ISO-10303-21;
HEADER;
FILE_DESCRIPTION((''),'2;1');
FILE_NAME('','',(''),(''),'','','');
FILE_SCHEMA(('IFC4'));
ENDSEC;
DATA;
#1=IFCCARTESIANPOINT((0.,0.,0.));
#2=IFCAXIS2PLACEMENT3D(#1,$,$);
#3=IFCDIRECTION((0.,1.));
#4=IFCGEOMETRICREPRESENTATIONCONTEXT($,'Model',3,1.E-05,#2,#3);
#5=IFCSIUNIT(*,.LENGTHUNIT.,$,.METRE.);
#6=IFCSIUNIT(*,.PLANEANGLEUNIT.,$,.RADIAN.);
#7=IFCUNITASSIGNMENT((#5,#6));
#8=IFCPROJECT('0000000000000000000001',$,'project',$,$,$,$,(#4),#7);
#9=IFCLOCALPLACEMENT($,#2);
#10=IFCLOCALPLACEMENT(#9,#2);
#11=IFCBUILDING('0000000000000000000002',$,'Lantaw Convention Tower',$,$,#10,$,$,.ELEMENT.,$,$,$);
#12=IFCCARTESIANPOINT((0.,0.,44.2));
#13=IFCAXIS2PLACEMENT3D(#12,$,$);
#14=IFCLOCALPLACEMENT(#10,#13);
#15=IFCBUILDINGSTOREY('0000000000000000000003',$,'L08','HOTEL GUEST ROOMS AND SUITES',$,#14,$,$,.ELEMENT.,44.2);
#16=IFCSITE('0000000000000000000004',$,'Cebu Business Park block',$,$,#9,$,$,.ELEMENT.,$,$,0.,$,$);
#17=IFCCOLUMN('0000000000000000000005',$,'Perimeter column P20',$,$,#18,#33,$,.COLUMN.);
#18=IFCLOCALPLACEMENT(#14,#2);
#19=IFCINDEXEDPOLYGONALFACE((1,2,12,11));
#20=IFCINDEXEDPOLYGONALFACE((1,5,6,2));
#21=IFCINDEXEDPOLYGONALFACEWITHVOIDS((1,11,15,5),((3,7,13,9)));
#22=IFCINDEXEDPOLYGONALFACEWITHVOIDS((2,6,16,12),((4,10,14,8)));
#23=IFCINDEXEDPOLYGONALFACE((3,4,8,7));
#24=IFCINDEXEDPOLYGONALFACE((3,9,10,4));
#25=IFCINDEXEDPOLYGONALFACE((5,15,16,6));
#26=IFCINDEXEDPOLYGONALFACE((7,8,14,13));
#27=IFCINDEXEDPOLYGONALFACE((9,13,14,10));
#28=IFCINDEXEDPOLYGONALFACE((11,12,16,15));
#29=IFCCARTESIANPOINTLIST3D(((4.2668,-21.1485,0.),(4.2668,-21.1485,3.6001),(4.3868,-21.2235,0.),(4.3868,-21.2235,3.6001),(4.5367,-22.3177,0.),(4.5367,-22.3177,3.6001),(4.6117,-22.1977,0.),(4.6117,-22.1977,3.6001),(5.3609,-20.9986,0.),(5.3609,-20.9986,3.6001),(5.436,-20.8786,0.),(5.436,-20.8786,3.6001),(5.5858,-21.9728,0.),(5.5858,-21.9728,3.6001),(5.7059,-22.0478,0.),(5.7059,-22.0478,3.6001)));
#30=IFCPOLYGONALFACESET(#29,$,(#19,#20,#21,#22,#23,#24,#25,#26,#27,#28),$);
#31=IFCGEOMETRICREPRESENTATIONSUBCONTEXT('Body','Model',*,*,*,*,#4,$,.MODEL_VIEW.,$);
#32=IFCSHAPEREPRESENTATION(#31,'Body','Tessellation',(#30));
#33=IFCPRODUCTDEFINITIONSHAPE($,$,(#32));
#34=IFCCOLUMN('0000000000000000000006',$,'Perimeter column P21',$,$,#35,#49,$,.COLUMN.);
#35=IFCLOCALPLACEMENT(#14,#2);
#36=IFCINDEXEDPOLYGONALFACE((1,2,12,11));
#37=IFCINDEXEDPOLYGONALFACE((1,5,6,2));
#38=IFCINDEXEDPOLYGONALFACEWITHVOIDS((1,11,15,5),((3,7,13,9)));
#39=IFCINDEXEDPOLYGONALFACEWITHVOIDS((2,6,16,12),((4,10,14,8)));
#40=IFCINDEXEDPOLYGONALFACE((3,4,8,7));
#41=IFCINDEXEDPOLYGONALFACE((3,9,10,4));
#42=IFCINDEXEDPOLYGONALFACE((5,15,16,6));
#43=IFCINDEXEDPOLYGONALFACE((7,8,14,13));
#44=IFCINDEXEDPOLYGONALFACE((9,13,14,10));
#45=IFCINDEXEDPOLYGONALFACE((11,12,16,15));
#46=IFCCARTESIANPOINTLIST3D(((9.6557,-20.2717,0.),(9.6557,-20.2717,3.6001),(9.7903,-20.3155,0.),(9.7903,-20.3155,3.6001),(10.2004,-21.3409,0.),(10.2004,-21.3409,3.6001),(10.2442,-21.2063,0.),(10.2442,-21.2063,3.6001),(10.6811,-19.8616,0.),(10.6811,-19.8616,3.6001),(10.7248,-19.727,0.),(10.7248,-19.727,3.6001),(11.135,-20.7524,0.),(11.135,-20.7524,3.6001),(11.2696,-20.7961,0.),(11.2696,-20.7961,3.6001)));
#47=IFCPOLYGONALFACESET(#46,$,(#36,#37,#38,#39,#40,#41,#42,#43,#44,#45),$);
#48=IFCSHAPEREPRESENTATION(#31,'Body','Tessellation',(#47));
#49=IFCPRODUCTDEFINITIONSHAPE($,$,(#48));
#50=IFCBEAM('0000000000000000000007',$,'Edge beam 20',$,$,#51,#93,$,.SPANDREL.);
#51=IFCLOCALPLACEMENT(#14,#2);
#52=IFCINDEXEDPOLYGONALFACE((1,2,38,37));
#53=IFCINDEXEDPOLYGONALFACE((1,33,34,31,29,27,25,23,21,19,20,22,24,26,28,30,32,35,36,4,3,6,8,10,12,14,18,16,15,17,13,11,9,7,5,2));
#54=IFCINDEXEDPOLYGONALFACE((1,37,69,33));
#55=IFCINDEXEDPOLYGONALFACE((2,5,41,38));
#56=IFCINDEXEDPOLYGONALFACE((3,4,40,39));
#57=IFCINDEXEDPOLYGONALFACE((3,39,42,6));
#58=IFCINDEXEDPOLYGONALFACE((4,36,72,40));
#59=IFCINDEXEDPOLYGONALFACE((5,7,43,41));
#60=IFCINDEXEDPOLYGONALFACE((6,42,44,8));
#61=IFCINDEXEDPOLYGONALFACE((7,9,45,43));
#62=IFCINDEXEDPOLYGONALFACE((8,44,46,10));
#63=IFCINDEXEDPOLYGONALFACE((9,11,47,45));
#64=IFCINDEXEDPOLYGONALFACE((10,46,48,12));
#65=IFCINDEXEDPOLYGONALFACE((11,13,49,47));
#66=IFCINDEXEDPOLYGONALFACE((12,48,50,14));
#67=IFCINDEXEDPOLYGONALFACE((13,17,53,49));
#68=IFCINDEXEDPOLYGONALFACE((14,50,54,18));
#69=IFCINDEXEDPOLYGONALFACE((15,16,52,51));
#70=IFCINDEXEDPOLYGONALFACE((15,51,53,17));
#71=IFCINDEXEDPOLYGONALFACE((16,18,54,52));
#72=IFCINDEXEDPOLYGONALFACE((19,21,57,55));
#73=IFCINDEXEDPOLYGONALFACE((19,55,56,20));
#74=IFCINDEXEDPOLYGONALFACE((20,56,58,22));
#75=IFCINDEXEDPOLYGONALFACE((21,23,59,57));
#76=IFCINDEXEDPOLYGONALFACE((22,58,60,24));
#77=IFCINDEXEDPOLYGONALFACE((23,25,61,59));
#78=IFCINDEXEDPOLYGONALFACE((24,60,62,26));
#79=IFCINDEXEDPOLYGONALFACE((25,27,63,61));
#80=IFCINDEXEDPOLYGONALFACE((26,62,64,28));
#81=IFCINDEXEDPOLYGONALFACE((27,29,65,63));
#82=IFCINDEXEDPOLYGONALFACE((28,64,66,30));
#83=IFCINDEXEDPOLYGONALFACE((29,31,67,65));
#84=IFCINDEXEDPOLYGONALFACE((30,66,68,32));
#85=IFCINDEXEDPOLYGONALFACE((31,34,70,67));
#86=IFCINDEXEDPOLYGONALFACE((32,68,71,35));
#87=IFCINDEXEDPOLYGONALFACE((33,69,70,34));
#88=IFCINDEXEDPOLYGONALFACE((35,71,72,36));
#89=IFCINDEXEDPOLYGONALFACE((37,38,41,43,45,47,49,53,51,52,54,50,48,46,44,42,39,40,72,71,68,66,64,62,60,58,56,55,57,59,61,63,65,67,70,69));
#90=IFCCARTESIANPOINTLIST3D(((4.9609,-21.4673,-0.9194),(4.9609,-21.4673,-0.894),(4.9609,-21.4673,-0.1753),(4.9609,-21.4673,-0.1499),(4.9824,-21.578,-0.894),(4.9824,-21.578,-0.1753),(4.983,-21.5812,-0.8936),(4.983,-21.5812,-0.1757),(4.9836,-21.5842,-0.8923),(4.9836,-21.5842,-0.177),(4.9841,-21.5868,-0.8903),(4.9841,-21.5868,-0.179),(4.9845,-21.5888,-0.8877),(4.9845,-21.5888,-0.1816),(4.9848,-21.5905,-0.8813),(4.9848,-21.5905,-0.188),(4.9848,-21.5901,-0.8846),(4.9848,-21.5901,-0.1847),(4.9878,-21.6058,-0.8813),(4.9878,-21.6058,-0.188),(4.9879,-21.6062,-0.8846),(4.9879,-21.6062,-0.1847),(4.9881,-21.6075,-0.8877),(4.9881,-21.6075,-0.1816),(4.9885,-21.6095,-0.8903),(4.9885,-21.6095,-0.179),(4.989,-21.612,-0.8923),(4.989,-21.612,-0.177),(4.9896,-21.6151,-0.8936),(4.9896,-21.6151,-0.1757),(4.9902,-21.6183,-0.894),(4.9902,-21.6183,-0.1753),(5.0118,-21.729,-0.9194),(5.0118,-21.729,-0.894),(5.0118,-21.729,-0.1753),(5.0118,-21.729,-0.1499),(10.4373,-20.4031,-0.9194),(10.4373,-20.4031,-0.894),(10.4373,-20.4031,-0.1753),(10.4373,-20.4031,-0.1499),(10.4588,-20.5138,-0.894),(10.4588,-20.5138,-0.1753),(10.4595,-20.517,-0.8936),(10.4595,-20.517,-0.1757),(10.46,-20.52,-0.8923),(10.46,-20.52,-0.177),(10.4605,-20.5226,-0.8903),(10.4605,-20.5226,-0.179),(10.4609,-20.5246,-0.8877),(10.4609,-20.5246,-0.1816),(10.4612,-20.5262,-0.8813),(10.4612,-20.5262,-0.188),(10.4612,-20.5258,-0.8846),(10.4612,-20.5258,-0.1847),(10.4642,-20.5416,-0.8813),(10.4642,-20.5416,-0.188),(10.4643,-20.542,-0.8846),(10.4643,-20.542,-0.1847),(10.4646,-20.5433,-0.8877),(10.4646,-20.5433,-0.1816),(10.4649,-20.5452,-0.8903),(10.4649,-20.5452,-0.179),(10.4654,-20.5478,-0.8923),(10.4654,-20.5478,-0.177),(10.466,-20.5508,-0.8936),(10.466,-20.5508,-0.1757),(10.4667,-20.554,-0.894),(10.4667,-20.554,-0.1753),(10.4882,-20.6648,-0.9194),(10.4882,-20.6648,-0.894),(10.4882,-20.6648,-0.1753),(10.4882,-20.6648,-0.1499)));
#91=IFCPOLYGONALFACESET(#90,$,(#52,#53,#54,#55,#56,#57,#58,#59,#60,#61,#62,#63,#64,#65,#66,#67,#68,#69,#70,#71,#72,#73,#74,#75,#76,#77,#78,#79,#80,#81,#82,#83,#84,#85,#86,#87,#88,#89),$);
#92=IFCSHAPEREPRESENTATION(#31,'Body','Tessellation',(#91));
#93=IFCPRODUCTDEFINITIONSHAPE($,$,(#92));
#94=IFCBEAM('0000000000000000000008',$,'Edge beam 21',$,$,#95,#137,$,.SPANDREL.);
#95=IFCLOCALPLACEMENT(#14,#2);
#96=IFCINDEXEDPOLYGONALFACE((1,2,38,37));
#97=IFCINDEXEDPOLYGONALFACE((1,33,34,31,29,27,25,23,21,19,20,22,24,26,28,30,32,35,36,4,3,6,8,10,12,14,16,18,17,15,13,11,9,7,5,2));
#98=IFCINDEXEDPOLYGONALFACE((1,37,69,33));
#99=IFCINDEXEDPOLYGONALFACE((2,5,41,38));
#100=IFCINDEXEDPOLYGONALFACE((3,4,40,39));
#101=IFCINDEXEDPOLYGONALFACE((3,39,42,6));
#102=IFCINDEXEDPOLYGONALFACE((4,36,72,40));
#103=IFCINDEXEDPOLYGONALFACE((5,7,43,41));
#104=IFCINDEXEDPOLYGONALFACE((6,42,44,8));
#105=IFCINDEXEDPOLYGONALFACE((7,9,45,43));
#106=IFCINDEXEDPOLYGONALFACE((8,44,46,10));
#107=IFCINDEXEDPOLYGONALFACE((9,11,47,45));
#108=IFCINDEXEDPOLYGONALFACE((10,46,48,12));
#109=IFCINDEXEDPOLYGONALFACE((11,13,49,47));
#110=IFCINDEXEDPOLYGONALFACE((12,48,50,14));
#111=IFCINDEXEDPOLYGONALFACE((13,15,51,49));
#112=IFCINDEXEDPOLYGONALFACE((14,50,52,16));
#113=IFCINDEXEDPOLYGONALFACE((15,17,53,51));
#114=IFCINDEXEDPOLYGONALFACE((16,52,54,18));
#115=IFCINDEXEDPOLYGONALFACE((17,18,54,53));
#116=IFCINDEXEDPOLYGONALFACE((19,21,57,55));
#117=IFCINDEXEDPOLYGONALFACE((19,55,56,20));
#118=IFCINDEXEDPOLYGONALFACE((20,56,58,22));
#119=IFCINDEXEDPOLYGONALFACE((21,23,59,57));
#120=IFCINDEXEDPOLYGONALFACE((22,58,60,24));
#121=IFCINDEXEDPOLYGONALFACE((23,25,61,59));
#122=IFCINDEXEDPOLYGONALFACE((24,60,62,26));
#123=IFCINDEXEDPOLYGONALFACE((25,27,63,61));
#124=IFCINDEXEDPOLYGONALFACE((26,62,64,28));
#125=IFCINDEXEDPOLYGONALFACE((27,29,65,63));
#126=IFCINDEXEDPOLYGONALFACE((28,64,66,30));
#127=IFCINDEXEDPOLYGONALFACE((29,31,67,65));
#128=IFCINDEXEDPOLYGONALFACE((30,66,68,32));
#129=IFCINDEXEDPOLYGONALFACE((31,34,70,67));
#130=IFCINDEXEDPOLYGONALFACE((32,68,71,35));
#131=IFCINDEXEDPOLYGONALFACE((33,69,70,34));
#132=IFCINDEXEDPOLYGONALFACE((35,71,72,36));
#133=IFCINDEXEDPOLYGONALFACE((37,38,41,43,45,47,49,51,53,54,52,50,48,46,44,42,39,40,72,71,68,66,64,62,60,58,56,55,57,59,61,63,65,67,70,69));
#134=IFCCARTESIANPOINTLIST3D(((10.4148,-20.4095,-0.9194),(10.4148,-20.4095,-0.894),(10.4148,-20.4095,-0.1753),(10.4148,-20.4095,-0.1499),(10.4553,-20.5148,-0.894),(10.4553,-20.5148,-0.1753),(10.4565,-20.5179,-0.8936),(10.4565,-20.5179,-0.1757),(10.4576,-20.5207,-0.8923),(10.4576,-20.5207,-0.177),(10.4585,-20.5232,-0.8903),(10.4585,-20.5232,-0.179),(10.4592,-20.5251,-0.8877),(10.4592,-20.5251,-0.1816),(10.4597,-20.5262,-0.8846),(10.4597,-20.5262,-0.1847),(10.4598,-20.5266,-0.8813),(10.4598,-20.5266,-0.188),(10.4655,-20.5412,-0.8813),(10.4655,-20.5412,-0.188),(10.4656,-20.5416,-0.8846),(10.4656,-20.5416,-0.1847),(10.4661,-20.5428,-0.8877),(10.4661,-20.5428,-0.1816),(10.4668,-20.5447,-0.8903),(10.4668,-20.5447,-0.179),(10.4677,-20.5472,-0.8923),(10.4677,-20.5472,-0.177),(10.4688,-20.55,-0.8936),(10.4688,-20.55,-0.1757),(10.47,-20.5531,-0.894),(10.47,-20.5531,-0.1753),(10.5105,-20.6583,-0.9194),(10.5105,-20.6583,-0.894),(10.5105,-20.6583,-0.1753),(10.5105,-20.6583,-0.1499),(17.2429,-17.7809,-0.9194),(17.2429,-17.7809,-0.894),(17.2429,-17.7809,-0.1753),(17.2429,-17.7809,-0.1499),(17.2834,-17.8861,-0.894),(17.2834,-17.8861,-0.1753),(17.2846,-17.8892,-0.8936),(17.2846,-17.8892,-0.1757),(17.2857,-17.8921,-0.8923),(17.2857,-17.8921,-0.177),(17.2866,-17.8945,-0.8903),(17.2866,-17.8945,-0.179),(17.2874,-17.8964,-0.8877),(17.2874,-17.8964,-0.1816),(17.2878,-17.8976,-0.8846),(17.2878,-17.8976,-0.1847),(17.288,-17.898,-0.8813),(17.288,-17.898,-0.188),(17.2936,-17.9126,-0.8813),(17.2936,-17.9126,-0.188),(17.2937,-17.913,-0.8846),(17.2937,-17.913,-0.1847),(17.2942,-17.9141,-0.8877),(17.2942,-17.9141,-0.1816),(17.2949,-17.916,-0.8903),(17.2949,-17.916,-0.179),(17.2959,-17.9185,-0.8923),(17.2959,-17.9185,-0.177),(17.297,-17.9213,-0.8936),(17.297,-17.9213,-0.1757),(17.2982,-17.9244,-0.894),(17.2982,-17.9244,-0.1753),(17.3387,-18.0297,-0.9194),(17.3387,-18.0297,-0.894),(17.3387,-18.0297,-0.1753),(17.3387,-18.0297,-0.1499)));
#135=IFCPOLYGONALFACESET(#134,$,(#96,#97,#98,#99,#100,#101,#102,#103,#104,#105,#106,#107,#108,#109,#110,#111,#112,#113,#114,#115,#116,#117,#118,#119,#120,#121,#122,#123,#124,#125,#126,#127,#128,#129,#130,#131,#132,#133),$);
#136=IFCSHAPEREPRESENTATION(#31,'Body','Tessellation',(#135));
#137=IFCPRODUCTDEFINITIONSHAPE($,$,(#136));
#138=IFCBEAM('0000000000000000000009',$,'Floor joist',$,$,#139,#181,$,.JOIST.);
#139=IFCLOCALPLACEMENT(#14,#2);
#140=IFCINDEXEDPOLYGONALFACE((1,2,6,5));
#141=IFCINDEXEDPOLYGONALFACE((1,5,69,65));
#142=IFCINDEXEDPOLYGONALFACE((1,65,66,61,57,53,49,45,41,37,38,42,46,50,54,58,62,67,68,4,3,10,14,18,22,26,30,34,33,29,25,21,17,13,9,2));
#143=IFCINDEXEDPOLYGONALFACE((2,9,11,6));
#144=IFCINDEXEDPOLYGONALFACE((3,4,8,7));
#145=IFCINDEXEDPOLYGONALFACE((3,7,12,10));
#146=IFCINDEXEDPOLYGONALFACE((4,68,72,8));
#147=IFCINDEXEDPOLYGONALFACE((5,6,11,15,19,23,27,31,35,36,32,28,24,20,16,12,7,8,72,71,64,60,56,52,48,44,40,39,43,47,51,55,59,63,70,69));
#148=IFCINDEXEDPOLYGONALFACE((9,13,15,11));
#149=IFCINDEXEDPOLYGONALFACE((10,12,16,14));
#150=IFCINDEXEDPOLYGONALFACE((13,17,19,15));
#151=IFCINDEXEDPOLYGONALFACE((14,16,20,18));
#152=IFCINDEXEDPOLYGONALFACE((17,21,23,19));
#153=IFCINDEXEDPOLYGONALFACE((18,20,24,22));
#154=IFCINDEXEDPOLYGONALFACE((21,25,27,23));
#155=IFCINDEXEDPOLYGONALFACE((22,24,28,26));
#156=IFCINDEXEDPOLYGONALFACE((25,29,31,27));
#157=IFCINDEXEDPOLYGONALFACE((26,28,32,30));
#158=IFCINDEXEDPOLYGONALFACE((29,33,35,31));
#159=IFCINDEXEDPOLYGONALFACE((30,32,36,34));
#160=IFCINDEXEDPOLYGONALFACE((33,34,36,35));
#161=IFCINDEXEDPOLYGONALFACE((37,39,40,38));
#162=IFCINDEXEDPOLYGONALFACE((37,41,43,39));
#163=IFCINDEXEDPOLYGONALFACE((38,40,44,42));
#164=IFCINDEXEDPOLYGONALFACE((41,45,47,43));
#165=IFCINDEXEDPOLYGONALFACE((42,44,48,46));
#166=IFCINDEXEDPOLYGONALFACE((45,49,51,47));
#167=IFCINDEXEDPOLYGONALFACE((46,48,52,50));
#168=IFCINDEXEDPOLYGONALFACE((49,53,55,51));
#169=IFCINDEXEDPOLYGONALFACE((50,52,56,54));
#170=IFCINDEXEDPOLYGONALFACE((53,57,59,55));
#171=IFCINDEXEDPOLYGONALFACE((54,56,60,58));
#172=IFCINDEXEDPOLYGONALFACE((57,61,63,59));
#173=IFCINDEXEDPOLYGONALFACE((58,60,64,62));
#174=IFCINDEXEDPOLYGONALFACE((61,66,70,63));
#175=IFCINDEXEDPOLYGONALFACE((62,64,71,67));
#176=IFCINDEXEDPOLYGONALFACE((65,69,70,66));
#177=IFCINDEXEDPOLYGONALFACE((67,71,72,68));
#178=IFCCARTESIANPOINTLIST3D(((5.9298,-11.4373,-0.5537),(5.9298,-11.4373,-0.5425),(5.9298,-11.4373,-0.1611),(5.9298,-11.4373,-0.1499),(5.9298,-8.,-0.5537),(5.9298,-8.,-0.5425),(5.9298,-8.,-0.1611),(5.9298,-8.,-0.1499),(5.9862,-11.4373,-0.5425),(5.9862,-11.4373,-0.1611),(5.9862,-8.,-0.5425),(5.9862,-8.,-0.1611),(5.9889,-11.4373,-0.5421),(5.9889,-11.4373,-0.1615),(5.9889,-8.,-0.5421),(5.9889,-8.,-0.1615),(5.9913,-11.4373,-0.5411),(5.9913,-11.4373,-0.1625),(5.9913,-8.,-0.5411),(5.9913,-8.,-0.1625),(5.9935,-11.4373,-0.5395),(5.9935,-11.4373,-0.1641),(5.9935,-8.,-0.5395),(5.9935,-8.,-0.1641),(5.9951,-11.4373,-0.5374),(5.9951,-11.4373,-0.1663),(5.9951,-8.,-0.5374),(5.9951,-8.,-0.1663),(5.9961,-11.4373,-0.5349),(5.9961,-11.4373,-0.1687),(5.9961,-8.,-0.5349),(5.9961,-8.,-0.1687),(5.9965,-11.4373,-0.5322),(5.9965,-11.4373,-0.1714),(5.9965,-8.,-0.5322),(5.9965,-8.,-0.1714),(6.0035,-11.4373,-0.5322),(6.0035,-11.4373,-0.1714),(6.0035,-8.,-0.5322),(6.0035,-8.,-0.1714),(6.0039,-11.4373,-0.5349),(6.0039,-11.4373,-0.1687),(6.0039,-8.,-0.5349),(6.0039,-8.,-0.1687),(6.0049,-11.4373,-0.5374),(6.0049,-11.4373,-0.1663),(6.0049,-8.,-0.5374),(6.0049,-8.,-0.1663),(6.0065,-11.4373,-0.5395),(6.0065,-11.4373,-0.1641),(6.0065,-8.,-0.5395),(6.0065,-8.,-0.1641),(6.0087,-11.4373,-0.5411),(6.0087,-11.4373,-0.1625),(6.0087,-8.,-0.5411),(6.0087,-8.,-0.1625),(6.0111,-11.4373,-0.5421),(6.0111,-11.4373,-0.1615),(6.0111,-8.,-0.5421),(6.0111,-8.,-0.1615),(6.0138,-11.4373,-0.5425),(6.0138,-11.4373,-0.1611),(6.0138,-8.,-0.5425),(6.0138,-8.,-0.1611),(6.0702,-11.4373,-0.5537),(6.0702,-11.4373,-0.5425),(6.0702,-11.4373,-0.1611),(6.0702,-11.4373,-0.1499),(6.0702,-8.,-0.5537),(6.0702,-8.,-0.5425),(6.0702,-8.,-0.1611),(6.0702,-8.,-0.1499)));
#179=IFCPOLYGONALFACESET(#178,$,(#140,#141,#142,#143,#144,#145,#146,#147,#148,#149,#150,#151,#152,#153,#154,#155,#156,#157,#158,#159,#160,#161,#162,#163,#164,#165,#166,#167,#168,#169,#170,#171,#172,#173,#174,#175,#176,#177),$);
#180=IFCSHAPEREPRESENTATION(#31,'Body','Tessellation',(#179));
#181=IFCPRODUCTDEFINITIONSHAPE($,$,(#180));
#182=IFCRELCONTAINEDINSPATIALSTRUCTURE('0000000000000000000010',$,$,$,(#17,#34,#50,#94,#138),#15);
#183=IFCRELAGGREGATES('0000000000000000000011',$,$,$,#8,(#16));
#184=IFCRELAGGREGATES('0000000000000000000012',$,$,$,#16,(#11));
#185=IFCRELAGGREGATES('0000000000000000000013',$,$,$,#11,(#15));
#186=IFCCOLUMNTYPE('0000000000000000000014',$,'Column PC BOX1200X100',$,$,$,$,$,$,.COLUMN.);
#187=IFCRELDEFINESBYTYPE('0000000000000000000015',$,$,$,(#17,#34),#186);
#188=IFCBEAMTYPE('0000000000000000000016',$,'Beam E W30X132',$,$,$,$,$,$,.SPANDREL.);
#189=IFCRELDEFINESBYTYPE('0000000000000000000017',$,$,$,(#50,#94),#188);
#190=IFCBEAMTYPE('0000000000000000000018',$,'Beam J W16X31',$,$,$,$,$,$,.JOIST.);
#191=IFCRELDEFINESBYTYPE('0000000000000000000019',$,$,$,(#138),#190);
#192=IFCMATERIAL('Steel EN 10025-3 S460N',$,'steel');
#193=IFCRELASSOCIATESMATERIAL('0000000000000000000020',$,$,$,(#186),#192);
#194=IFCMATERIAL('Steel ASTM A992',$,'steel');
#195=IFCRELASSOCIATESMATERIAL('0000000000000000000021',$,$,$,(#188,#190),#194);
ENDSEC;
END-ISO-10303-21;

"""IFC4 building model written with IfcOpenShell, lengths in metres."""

from ifc_helpers import new_model, si_unit, direction, frame, origin, origin_2d, place, context, subcontext, project, spatial, rectangle, hollow_rectangle, i_section, extrude, material, material_profile, profile_set, type_object, element, save


model = new_model("IFC4")

# Units and contexts
model_context = context("Model", 3, precision=1e-05, world=origin(), true_north=direction((0.0, 1.0)))
body_context = subcontext(model_context, "Body", "Model", "MODEL_VIEW")
ifc_project = project(units=[si_unit("LENGTHUNIT", "METRE"), si_unit("PLANEANGLEUNIT", "RADIAN")], contexts=[model_context])

# Site, building, storey
site_placement = place(None, origin())
site = spatial("IfcSite", under=ifc_project, at=site_placement, Name="Cebu Business Park block", CompositionType="ELEMENT", RefElevation=0.0)
building_placement = place(site_placement, origin())
building = spatial("IfcBuilding", under=site, at=building_placement, Name="Lantaw Convention Tower", CompositionType="ELEMENT")
storey_placement = place(building_placement, frame((0.0, 0.0, 44.2)))
storey = spatial("IfcBuildingStorey", under=building, at=storey_placement, Name="L08", Description="HOTEL GUEST ROOMS AND SUITES", CompositionType="ELEMENT", Elevation=44.2)

# Columns
ifc_material_1 = material(Name="Steel EN 10025-3 S460N", Category="steel")
ifc_material_profile_1 = material_profile(ifc_material_1, hollow_rectangle(XDim=1.2, YDim=1.2, WallThickness=0.1001, at=origin_2d()), Name="BOX1200X100")
ifc_material_2 = material(Name="Concrete C60/75", Category="concrete")
ifc_material_profile_2 = material_profile(ifc_material_2, rectangle(XDim=1.0, YDim=1.0, at=origin_2d()), Name="Concrete fill of BOX1200X100")
ifc_profile_set_1 = profile_set([ifc_material_profile_1, ifc_material_profile_2], Name="Steel EN 10025-3 S460N")
column_type = type_object("IfcColumnType", Name="Column PC BOX1200X100", PredefinedType="COLUMN", material=ifc_profile_set_1)
for number, where, z_axis, x_axis, name in (
    (1, (4.9863, -21.5981, 0.0), (0.0, 0.0, 1.0), (0.97437, 0.224951, 0.0), "Perimeter column P20"),
    (2, (10.4626, -20.5339, 0.0), (0.0, 0.0, 1.0), (0.891007, 0.45399, 0.0), "Perimeter column P21"),
):
    element("IfcColumn", number, at=place(storey_placement, frame(where, z_axis=z_axis, x_axis=x_axis)), inside=storey, type_object=column_type, Name=name, PredefinedType="COLUMN", context=body_context, shape_type="SweptSolid", body=[
        extrude(hollow_rectangle(XDim=1.2, YDim=1.2, WallThickness=0.1001, at=origin_2d()), origin(), (0.0, 0.0, 1.0), 3.6001),
    ])

# Beams
ifc_material_3 = material(Name="Steel ASTM A992", Category="steel")
ifc_material_profile_3 = material_profile(ifc_material_3, i_section(OverallWidth=0.2666, OverallDepth=0.7695, WebThickness=0.0156, FlangeThickness=0.0254, FilletRadius=0.0127, at=origin_2d()), Name="W30X132")
ifc_profile_set_2 = profile_set([ifc_material_profile_3], Name="Steel ASTM A992")
beam_type_1 = type_object("IfcBeamType", Name="Beam E W30X132", PredefinedType="SPANDREL", material=ifc_profile_set_2)
beam_1_placement = place(storey_placement, frame((4.9863, -21.5981, -0.5347), z_axis=(0.981637, 0.190761, 0.0), x_axis=(-0.190761, 0.981637, 0.0)))
element("IfcBeam", 3, at=beam_1_placement, inside=storey, type_object=beam_type_1, Name="Edge beam 20", PredefinedType="SPANDREL", context=body_context, shape_type="SweptSolid", body=[
    extrude(i_section(OverallWidth=0.2666, OverallDepth=0.7695, WebThickness=0.0156, FlangeThickness=0.0254, FilletRadius=0.0127, at=origin_2d()), origin(), (0.0, 0.0, 1.0), 5.5789),
])
beam_2_placement = place(storey_placement, frame((10.4626, -20.5339, -0.5347), z_axis=(0.933233, 0.359272, 0.0), x_axis=(-0.359272, 0.933233, 0.0)))
element("IfcBeam", 4, at=beam_2_placement, inside=storey, type_object=beam_type_1, Name="Edge beam 21", PredefinedType="SPANDREL", context=body_context, shape_type="SweptSolid", body=[
    extrude(i_section(OverallWidth=0.2666, OverallDepth=0.7695, WebThickness=0.0156, FlangeThickness=0.0254, FilletRadius=0.0127, at=origin_2d()), origin(), (0.0, 0.0, 1.0), 7.3167),
])
ifc_material_profile_4 = material_profile(ifc_material_3, i_section(OverallWidth=0.1404, OverallDepth=0.4038, WebThickness=0.0071, FlangeThickness=0.0112, FilletRadius=0.0103, at=origin_2d()), Name="W16X31")
ifc_profile_set_3 = profile_set([ifc_material_profile_4], Name="Steel ASTM A992")
beam_type_2 = type_object("IfcBeamType", Name="Beam J W16X31", PredefinedType="JOIST", material=ifc_profile_set_3)
beam_3_placement = place(storey_placement, frame((6.0, -11.4373, -0.3518), z_axis=(0.0, 1.0, 0.0), x_axis=(-1.0, 0.0, 0.0)))
element("IfcBeam", 5, at=beam_3_placement, inside=storey, type_object=beam_type_2, Name="Floor joist", PredefinedType="JOIST", context=body_context, shape_type="SweptSolid", body=[
    extrude(i_section(OverallWidth=0.1404, OverallDepth=0.4038, WebThickness=0.0071, FlangeThickness=0.0112, FilletRadius=0.0103, at=origin_2d()), origin(), (0.0, 0.0, 1.0), 3.4373),
])

save(model, "model.ifc")
